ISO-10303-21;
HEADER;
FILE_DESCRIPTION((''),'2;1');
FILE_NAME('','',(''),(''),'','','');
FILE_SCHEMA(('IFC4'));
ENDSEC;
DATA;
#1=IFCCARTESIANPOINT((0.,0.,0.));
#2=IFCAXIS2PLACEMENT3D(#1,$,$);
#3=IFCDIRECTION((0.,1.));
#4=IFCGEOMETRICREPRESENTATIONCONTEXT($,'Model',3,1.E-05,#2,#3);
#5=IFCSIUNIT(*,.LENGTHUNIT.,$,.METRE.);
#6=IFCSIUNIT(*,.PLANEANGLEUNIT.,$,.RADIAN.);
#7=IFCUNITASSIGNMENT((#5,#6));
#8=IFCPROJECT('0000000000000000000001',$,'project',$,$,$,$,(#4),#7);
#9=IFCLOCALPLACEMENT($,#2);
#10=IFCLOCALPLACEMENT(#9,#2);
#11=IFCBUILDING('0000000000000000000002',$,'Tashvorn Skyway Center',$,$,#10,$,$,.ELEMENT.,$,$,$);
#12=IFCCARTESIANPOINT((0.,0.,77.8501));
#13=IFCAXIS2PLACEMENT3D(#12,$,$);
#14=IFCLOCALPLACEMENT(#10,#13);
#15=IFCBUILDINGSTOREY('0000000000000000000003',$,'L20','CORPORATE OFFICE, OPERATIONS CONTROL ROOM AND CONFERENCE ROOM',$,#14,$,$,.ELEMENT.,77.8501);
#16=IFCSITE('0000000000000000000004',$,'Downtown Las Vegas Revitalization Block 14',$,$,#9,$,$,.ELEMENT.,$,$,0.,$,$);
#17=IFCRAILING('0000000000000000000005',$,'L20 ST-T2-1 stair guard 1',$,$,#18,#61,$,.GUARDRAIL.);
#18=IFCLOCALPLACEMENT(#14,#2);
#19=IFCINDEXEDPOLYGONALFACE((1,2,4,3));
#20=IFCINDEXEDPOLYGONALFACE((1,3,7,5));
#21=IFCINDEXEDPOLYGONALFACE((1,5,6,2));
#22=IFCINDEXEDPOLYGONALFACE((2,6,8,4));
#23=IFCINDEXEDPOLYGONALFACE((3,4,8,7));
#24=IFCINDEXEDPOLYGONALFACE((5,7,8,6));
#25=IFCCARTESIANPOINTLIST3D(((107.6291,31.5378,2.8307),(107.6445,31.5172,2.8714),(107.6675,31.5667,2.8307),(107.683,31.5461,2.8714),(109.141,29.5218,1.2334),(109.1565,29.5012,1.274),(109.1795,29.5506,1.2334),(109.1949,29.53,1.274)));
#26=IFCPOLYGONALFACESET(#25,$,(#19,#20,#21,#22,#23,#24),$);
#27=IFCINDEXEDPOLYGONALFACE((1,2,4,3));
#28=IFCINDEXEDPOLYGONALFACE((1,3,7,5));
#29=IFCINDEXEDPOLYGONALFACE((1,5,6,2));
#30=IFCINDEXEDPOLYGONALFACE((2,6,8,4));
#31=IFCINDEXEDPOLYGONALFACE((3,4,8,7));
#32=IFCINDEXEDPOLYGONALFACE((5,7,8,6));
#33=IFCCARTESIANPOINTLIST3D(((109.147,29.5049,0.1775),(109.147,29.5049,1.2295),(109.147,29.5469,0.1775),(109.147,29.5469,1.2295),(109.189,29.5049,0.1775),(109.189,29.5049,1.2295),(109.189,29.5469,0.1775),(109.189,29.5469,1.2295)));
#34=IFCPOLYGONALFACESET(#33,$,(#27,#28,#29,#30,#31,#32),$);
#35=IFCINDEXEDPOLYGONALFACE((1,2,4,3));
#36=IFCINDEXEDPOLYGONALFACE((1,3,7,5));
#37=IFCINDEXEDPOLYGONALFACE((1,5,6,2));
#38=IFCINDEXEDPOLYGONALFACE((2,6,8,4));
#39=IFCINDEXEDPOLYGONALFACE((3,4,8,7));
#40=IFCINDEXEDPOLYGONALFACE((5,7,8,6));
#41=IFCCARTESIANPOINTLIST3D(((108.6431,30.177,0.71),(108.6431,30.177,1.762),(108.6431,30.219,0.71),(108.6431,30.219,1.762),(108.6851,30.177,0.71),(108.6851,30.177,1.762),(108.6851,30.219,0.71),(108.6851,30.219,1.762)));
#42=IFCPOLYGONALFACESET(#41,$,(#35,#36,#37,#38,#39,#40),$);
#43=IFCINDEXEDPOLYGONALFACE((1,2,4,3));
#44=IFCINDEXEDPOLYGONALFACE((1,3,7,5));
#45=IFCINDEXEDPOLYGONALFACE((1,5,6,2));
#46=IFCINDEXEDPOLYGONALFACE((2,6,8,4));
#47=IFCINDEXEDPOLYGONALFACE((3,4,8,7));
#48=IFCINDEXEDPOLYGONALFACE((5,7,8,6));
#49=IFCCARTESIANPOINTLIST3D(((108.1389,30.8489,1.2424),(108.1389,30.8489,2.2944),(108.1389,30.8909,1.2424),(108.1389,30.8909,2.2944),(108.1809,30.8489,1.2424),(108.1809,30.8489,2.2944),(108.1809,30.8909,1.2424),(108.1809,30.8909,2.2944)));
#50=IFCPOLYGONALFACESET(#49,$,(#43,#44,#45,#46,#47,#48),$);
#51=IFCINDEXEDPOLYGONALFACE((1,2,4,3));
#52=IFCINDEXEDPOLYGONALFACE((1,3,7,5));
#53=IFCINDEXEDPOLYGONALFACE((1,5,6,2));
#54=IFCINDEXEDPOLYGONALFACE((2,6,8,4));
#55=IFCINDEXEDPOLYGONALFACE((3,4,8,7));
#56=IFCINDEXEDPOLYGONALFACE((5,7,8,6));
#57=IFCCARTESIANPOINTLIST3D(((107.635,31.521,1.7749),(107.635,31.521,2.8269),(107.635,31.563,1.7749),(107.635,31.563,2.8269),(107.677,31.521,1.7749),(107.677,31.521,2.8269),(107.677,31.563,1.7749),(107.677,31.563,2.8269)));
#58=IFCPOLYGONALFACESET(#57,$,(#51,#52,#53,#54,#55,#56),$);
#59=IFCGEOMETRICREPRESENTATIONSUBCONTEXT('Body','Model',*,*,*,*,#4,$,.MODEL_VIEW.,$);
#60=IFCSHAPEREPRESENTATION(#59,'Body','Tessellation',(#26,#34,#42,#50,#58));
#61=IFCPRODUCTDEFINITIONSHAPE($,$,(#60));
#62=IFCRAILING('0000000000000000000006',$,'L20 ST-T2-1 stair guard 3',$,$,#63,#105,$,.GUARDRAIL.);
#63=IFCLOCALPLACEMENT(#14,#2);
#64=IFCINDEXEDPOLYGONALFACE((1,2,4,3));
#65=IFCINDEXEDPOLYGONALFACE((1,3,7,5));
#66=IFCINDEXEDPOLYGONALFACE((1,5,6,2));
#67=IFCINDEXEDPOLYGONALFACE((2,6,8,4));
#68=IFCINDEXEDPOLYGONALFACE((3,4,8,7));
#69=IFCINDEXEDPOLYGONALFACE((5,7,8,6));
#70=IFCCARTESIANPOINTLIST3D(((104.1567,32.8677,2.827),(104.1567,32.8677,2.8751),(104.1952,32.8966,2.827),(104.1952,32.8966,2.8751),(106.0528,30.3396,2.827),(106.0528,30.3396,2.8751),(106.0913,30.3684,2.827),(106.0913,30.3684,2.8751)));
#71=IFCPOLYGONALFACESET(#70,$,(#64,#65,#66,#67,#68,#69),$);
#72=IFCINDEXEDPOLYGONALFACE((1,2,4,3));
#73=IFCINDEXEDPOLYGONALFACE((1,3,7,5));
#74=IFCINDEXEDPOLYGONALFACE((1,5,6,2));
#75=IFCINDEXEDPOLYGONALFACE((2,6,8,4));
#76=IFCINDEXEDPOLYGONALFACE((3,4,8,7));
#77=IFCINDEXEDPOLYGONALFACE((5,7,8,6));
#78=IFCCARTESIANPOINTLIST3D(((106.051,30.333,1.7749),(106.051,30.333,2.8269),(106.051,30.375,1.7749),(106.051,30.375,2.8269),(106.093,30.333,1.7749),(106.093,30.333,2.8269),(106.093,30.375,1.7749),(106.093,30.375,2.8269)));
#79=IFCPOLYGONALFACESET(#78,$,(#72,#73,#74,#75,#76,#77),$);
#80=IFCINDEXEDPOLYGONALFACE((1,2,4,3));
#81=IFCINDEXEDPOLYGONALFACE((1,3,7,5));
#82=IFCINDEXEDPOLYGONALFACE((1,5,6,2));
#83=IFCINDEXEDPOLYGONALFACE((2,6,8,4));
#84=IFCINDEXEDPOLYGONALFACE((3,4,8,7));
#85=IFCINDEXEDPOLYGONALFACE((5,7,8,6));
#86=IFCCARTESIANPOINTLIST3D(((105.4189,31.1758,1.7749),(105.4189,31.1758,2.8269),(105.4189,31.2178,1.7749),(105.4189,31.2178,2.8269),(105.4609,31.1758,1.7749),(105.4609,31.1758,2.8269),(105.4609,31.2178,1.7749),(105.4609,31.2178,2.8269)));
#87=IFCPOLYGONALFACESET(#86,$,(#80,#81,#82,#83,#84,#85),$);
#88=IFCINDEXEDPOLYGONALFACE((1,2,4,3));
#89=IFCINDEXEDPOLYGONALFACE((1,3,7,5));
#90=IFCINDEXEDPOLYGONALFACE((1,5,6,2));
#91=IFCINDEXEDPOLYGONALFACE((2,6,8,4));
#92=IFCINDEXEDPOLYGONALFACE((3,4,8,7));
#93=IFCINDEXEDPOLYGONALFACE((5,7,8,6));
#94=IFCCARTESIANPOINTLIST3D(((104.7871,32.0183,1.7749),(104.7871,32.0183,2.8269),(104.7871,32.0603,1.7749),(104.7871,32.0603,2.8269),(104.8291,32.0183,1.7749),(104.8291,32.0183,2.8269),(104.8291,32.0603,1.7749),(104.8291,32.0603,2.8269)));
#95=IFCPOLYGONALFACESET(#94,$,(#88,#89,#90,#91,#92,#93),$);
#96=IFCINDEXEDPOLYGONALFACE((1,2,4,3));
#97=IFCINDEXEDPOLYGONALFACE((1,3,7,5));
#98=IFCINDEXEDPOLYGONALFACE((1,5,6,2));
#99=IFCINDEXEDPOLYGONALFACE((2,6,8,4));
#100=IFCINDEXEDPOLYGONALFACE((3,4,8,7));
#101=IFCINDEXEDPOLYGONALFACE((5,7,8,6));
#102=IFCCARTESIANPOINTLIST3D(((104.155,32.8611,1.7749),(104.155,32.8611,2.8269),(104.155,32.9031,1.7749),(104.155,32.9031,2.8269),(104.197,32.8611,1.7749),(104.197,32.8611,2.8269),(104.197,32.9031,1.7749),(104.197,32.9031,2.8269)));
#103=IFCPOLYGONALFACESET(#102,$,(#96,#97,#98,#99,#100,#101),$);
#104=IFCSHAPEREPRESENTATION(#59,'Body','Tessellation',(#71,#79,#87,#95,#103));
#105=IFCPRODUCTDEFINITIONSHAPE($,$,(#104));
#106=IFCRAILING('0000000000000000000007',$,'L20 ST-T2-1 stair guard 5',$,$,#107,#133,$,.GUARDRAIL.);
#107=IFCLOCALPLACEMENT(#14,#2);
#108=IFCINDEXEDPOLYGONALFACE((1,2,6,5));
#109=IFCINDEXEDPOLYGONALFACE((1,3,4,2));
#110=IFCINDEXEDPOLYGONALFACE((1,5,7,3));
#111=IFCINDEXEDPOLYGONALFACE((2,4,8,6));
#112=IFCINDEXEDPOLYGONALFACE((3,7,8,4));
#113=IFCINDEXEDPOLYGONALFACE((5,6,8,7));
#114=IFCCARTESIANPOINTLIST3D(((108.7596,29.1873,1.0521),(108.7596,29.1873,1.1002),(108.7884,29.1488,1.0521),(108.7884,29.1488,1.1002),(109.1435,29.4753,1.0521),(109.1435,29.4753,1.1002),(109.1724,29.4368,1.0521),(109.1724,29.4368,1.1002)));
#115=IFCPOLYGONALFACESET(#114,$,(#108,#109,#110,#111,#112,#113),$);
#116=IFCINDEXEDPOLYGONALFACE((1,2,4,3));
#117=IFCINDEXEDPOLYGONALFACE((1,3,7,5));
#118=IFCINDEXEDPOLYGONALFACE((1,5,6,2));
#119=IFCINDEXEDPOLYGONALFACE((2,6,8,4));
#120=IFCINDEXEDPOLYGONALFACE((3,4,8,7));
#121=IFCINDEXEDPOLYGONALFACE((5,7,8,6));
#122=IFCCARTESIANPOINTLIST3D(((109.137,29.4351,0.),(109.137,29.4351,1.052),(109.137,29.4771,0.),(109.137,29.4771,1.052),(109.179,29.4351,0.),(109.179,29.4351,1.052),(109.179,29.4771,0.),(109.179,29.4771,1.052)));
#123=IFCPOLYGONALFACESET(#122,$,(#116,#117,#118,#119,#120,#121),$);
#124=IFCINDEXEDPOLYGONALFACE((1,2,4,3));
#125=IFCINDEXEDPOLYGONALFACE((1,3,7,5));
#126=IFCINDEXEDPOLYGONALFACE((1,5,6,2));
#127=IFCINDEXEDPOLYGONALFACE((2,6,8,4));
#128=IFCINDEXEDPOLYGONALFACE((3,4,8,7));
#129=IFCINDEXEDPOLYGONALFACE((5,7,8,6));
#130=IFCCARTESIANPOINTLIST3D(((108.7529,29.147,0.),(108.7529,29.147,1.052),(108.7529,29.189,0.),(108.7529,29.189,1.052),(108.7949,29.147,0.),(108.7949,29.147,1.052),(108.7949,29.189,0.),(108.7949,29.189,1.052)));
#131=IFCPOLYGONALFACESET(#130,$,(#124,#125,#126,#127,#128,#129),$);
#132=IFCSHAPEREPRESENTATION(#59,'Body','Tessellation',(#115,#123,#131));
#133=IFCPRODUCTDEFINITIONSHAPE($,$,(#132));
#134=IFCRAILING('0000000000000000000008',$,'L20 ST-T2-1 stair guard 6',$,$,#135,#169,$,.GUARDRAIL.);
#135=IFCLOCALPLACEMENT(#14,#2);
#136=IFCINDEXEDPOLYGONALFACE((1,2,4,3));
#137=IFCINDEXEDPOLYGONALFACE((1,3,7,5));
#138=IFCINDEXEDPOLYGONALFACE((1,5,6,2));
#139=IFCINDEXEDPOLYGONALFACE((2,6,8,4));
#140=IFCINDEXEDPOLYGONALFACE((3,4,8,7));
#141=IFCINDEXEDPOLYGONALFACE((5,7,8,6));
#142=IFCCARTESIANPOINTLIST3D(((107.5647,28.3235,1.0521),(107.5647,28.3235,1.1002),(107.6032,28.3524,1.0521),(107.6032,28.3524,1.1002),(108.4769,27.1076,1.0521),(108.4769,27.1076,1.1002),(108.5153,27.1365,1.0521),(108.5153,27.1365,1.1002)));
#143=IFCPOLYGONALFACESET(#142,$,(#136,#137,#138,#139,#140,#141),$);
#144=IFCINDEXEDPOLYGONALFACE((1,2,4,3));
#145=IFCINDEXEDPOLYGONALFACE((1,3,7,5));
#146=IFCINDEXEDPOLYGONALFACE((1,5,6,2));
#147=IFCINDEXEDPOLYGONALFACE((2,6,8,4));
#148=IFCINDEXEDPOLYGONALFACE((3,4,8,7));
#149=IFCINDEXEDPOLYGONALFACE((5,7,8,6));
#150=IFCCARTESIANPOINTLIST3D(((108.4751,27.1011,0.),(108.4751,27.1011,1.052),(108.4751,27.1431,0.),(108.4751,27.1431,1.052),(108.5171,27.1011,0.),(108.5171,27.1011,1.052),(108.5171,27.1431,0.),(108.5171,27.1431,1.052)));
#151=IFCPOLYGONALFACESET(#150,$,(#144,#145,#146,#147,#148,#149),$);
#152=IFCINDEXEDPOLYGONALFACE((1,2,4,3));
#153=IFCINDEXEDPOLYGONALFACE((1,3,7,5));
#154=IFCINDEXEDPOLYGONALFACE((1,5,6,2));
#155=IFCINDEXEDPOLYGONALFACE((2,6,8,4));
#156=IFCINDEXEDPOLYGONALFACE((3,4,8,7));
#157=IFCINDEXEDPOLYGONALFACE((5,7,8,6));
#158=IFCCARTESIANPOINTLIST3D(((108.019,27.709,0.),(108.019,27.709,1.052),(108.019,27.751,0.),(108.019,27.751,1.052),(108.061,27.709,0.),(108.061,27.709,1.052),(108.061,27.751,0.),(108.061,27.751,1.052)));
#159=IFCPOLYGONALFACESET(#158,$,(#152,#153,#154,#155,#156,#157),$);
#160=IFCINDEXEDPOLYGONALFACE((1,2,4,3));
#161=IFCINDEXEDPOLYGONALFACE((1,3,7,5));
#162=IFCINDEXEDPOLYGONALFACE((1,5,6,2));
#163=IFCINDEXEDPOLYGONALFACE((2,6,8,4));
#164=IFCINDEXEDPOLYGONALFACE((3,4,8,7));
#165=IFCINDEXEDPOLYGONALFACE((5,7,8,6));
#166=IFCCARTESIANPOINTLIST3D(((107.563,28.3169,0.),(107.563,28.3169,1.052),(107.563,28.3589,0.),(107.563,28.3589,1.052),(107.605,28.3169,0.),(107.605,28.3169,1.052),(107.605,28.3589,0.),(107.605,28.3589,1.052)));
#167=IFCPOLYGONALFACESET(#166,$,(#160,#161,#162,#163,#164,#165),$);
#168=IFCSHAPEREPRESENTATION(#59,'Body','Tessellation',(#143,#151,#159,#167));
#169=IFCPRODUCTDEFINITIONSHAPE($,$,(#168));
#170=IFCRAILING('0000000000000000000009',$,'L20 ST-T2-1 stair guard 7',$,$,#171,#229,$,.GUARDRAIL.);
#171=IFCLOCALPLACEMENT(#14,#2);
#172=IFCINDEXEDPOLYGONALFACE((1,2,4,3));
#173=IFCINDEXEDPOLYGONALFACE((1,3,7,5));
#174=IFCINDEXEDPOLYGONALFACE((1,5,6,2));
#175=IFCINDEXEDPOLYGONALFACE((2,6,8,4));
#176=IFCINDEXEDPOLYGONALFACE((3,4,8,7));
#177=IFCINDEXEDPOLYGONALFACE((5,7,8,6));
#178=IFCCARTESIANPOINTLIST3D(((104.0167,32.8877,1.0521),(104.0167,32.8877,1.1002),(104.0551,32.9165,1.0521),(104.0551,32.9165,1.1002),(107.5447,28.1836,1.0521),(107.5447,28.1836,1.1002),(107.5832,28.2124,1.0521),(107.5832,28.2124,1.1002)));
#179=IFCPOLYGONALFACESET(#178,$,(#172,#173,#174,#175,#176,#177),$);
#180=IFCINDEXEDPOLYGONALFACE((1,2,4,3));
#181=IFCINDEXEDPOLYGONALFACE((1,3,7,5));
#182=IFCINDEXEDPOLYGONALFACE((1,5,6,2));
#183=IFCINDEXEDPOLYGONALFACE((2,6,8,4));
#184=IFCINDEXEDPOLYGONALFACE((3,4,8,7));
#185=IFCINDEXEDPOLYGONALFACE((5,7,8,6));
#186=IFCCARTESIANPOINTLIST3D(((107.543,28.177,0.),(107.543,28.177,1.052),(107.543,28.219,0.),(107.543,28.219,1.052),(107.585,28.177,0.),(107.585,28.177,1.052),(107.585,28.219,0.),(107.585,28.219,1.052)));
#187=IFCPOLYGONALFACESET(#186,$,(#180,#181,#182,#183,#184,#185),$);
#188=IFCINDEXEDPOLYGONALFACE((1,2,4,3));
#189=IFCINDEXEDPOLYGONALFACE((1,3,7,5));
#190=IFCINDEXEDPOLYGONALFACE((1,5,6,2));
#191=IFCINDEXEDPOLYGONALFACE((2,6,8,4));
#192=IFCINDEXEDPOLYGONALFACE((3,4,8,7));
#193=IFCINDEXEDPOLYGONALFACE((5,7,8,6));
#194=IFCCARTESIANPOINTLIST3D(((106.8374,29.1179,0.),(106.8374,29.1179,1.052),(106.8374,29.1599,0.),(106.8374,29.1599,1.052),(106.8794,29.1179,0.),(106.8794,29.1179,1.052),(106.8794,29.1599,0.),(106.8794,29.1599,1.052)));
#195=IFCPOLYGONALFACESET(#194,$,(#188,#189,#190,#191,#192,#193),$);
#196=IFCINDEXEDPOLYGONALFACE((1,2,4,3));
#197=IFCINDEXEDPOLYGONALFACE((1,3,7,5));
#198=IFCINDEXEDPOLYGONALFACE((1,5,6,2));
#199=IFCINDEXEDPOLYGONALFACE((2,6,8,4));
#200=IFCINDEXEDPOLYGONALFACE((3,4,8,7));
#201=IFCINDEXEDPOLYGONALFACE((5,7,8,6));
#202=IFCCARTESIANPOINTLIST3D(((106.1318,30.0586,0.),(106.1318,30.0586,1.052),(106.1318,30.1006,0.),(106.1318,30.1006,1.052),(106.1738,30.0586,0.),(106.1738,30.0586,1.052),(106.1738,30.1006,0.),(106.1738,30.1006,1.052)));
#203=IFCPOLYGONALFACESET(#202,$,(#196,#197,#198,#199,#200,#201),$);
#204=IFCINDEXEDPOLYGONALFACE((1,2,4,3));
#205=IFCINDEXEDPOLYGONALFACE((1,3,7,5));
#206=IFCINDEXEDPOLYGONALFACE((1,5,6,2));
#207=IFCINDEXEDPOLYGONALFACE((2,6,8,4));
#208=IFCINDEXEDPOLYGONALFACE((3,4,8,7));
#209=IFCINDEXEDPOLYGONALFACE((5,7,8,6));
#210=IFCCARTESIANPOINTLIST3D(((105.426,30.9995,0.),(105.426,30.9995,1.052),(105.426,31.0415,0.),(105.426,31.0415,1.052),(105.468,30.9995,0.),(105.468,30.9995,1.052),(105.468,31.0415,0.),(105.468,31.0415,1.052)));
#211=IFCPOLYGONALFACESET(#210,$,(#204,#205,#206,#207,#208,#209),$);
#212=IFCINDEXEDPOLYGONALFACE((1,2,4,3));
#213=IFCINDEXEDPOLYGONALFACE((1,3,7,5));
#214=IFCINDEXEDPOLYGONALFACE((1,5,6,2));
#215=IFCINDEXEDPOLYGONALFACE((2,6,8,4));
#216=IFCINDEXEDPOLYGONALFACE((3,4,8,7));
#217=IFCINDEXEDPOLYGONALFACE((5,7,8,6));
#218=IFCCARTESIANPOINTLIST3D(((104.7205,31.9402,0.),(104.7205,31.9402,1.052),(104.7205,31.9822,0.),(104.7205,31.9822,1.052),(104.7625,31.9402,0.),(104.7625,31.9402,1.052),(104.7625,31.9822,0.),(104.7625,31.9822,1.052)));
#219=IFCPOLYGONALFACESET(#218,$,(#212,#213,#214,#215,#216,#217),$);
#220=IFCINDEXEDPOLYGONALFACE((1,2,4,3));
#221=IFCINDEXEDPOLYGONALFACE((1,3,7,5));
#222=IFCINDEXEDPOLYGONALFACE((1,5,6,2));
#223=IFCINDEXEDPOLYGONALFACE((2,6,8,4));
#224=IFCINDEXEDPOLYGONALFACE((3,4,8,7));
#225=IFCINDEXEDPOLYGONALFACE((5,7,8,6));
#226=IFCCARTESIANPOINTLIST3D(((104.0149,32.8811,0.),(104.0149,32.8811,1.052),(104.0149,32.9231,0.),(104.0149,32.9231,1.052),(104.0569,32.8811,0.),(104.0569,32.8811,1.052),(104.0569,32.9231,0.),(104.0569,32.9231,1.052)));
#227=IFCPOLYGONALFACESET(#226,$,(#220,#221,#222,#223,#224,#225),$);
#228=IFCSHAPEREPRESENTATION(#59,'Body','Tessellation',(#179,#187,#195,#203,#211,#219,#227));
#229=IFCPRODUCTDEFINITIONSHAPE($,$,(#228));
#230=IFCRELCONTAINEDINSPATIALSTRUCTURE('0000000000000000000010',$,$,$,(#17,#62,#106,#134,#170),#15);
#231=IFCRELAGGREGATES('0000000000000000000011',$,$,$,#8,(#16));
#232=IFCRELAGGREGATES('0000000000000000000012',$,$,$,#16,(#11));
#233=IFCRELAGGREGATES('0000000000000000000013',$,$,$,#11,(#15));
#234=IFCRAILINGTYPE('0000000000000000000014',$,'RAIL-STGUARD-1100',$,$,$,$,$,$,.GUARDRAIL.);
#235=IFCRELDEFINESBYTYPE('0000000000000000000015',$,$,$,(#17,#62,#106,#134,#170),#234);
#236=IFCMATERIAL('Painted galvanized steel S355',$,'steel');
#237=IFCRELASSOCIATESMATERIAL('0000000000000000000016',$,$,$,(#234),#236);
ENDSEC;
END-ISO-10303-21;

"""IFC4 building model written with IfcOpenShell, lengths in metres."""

from ifc_helpers import new_model, si_unit, direction, frame, origin, origin_2d, place, context, subcontext, project, spatial, rectangle, extrude, material, type_object, element, save


model = new_model("IFC4")

# Units and contexts
model_context = context("Model", 3, precision=1e-05, world=origin(), true_north=direction((0.0, 1.0)))
body_context = subcontext(model_context, "Body", "Model", "MODEL_VIEW")
ifc_project = project(units=[si_unit("LENGTHUNIT", "METRE"), si_unit("PLANEANGLEUNIT", "RADIAN")], contexts=[model_context])

# Site, building, storey
site_placement = place(None, origin())
site = spatial("IfcSite", under=ifc_project, at=site_placement, Name="Downtown Las Vegas Revitalization Block 14", CompositionType="ELEMENT", RefElevation=0.0)
building_placement = place(site_placement, origin())
building = spatial("IfcBuilding", under=site, at=building_placement, Name="Tashvorn Skyway Center", CompositionType="ELEMENT")
storey_placement = place(building_placement, frame((0.0, 0.0, 77.8501)))
storey = spatial("IfcBuildingStorey", under=building, at=storey_placement, Name="L20", Description="CORPORATE OFFICE, OPERATIONS CONTROL ROOM AND CONFERENCE ROOM", CompositionType="ELEMENT", Elevation=77.8501)

# Railings
ifc_material_1 = material(Name="Painted galvanized steel S355", Category="steel")
railing_type_1 = type_object("IfcRailingType", Name="RAIL-STGUARD-1100", PredefinedType="GUARDRAIL", material=ifc_material_1)
railing_1_placement = place(storey_placement, frame((109.168, 29.5259, 0.1775)))
element("IfcRailing", 1, at=railing_1_placement, inside=storey, type_object=railing_type_1, Name="L20 ST-T2-1 stair guard 1", PredefinedType="GUARDRAIL", context=body_context, shape_type="SweptSolid", body=[
    extrude(rectangle(XDim=0.0481, YDim=0.0481, at=origin_2d()), frame((0.0, 0.0, 1.0762), z_axis=(-0.506741, 0.675709, 0.535379), x_axis=(-0.800023, -0.599969, 0.0)), (0.0, 0.0, 1.0), 2.9836),
    extrude(rectangle(XDim=0.042, YDim=0.042, at=origin_2d()), origin(), (0.0, 0.0, 1.0), 1.052),
    extrude(rectangle(XDim=0.042, YDim=0.042, at=origin_2d()), frame((-0.5039, 0.6721, 0.5325)), (0.0, 0.0, 1.0), 1.052),
    extrude(rectangle(XDim=0.042, YDim=0.042, at=origin_2d()), frame((-1.0081, 1.344, 1.0649)), (0.0, 0.0, 1.0), 1.052),
    extrude(rectangle(XDim=0.042, YDim=0.042, at=origin_2d()), frame((-1.512, 2.0161, 1.5974)), (0.0, 0.0, 1.0), 1.052),
])
railing_2_placement = place(storey_placement, frame((106.072, 30.354, 1.7749)))
element("IfcRailing", 2, at=railing_2_placement, inside=storey, type_object=railing_type_1, Name="L20 ST-T2-1 stair guard 3", PredefinedType="GUARDRAIL", context=body_context, shape_type="SweptSolid", body=[
    extrude(rectangle(XDim=0.0481, YDim=0.0481, at=origin_2d()), frame((0.0, 0.0, 1.0762), z_axis=(-0.599988, 0.800009, 0.0), x_axis=(-0.800009, -0.599988, 0.0)), (0.0, 0.0, 1.0), 3.1602),
    extrude(rectangle(XDim=0.042, YDim=0.042, at=origin_2d()), origin(), (0.0, 0.0, 1.0), 1.052),
    extrude(rectangle(XDim=0.042, YDim=0.042, at=origin_2d()), frame((-0.6321, 0.8428, 0.0)), (0.0, 0.0, 1.0), 1.052),
    extrude(rectangle(XDim=0.042, YDim=0.042, at=origin_2d()), frame((-1.2639, 1.6853, 0.0)), (0.0, 0.0, 1.0), 1.052),
    extrude(rectangle(XDim=0.042, YDim=0.042, at=origin_2d()), frame((-1.896, 2.5281, 0.0)), (0.0, 0.0, 1.0), 1.052),
])
railing_3_placement = place(storey_placement, frame((109.158, 29.4561, 0.0)))
element("IfcRailing", 3, at=railing_3_placement, inside=storey, type_object=railing_type_1, Name="L20 ST-T2-1 stair guard 5", PredefinedType="GUARDRAIL", context=body_context, shape_type="SweptSolid", body=[
    extrude(rectangle(XDim=0.0481, YDim=0.0481, at=origin_2d()), frame((0.0, 0.0, 1.0762), z_axis=(-0.799939, -0.600081, 0.0), x_axis=(0.600081, -0.799939, 0.0)), (0.0, 0.0, 1.0), 0.48),
    extrude(rectangle(XDim=0.042, YDim=0.042, at=origin_2d()), origin(), (0.0, 0.0, 1.0), 1.052),
    extrude(rectangle(XDim=0.042, YDim=0.042, at=origin_2d()), frame((-0.384, -0.2881, 0.0)), (0.0, 0.0, 1.0), 1.052),
])
railing_4_placement = place(storey_placement, frame((108.4961, 27.1221, 0.0)))
element("IfcRailing", 4, at=railing_4_placement, inside=storey, type_object=railing_type_1, Name="L20 ST-T2-1 stair guard 6", PredefinedType="GUARDRAIL", context=body_context, shape_type="SweptSolid", body=[
    extrude(rectangle(XDim=0.0481, YDim=0.0481, at=origin_2d()), frame((0.0, 0.0, 1.0762), z_axis=(-0.600103, 0.799923, 0.0), x_axis=(-0.799923, -0.600103, 0.0)), (0.0, 0.0, 1.0), 1.52),
    extrude(rectangle(XDim=0.042, YDim=0.042, at=origin_2d()), origin(), (0.0, 0.0, 1.0), 1.052),
    extrude(rectangle(XDim=0.042, YDim=0.042, at=origin_2d()), frame((-0.4561, 0.6079, 0.0)), (0.0, 0.0, 1.0), 1.052),
    extrude(rectangle(XDim=0.042, YDim=0.042, at=origin_2d()), frame((-0.9121, 1.2158, 0.0)), (0.0, 0.0, 1.0), 1.052),
])
railing_5_placement = place(storey_placement, frame((107.564, 28.198, 0.0)))
element("IfcRailing", 5, at=railing_5_placement, inside=storey, type_object=railing_type_1, Name="L20 ST-T2-1 stair guard 7", PredefinedType="GUARDRAIL", context=body_context, shape_type="SweptSolid", body=[
    extrude(rectangle(XDim=0.0481, YDim=0.0481, at=origin_2d()), frame((0.0, 0.0, 1.0762), z_axis=(-0.6, 0.8, 0.0), x_axis=(-0.8, -0.6, 0.0)), (0.0, 0.0, 1.0), 5.8801),
    extrude(rectangle(XDim=0.042, YDim=0.042, at=origin_2d()), origin(), (0.0, 0.0, 1.0), 1.052),
    extrude(rectangle(XDim=0.042, YDim=0.042, at=origin_2d()), frame((-0.7056, 0.9409, 0.0)), (0.0, 0.0, 1.0), 1.052),
    extrude(rectangle(XDim=0.042, YDim=0.042, at=origin_2d()), frame((-1.4111, 1.8816, 0.0)), (0.0, 0.0, 1.0), 1.052),
    extrude(rectangle(XDim=0.042, YDim=0.042, at=origin_2d()), frame((-2.1169, 2.8225, 0.0)), (0.0, 0.0, 1.0), 1.052),
    extrude(rectangle(XDim=0.042, YDim=0.042, at=origin_2d()), frame((-2.8225, 3.7632, 0.0)), (0.0, 0.0, 1.0), 1.052),
    extrude(rectangle(XDim=0.042, YDim=0.042, at=origin_2d()), frame((-3.5281, 4.7041, 0.0)), (0.0, 0.0, 1.0), 1.052),
])

save(model, "model.ifc")
